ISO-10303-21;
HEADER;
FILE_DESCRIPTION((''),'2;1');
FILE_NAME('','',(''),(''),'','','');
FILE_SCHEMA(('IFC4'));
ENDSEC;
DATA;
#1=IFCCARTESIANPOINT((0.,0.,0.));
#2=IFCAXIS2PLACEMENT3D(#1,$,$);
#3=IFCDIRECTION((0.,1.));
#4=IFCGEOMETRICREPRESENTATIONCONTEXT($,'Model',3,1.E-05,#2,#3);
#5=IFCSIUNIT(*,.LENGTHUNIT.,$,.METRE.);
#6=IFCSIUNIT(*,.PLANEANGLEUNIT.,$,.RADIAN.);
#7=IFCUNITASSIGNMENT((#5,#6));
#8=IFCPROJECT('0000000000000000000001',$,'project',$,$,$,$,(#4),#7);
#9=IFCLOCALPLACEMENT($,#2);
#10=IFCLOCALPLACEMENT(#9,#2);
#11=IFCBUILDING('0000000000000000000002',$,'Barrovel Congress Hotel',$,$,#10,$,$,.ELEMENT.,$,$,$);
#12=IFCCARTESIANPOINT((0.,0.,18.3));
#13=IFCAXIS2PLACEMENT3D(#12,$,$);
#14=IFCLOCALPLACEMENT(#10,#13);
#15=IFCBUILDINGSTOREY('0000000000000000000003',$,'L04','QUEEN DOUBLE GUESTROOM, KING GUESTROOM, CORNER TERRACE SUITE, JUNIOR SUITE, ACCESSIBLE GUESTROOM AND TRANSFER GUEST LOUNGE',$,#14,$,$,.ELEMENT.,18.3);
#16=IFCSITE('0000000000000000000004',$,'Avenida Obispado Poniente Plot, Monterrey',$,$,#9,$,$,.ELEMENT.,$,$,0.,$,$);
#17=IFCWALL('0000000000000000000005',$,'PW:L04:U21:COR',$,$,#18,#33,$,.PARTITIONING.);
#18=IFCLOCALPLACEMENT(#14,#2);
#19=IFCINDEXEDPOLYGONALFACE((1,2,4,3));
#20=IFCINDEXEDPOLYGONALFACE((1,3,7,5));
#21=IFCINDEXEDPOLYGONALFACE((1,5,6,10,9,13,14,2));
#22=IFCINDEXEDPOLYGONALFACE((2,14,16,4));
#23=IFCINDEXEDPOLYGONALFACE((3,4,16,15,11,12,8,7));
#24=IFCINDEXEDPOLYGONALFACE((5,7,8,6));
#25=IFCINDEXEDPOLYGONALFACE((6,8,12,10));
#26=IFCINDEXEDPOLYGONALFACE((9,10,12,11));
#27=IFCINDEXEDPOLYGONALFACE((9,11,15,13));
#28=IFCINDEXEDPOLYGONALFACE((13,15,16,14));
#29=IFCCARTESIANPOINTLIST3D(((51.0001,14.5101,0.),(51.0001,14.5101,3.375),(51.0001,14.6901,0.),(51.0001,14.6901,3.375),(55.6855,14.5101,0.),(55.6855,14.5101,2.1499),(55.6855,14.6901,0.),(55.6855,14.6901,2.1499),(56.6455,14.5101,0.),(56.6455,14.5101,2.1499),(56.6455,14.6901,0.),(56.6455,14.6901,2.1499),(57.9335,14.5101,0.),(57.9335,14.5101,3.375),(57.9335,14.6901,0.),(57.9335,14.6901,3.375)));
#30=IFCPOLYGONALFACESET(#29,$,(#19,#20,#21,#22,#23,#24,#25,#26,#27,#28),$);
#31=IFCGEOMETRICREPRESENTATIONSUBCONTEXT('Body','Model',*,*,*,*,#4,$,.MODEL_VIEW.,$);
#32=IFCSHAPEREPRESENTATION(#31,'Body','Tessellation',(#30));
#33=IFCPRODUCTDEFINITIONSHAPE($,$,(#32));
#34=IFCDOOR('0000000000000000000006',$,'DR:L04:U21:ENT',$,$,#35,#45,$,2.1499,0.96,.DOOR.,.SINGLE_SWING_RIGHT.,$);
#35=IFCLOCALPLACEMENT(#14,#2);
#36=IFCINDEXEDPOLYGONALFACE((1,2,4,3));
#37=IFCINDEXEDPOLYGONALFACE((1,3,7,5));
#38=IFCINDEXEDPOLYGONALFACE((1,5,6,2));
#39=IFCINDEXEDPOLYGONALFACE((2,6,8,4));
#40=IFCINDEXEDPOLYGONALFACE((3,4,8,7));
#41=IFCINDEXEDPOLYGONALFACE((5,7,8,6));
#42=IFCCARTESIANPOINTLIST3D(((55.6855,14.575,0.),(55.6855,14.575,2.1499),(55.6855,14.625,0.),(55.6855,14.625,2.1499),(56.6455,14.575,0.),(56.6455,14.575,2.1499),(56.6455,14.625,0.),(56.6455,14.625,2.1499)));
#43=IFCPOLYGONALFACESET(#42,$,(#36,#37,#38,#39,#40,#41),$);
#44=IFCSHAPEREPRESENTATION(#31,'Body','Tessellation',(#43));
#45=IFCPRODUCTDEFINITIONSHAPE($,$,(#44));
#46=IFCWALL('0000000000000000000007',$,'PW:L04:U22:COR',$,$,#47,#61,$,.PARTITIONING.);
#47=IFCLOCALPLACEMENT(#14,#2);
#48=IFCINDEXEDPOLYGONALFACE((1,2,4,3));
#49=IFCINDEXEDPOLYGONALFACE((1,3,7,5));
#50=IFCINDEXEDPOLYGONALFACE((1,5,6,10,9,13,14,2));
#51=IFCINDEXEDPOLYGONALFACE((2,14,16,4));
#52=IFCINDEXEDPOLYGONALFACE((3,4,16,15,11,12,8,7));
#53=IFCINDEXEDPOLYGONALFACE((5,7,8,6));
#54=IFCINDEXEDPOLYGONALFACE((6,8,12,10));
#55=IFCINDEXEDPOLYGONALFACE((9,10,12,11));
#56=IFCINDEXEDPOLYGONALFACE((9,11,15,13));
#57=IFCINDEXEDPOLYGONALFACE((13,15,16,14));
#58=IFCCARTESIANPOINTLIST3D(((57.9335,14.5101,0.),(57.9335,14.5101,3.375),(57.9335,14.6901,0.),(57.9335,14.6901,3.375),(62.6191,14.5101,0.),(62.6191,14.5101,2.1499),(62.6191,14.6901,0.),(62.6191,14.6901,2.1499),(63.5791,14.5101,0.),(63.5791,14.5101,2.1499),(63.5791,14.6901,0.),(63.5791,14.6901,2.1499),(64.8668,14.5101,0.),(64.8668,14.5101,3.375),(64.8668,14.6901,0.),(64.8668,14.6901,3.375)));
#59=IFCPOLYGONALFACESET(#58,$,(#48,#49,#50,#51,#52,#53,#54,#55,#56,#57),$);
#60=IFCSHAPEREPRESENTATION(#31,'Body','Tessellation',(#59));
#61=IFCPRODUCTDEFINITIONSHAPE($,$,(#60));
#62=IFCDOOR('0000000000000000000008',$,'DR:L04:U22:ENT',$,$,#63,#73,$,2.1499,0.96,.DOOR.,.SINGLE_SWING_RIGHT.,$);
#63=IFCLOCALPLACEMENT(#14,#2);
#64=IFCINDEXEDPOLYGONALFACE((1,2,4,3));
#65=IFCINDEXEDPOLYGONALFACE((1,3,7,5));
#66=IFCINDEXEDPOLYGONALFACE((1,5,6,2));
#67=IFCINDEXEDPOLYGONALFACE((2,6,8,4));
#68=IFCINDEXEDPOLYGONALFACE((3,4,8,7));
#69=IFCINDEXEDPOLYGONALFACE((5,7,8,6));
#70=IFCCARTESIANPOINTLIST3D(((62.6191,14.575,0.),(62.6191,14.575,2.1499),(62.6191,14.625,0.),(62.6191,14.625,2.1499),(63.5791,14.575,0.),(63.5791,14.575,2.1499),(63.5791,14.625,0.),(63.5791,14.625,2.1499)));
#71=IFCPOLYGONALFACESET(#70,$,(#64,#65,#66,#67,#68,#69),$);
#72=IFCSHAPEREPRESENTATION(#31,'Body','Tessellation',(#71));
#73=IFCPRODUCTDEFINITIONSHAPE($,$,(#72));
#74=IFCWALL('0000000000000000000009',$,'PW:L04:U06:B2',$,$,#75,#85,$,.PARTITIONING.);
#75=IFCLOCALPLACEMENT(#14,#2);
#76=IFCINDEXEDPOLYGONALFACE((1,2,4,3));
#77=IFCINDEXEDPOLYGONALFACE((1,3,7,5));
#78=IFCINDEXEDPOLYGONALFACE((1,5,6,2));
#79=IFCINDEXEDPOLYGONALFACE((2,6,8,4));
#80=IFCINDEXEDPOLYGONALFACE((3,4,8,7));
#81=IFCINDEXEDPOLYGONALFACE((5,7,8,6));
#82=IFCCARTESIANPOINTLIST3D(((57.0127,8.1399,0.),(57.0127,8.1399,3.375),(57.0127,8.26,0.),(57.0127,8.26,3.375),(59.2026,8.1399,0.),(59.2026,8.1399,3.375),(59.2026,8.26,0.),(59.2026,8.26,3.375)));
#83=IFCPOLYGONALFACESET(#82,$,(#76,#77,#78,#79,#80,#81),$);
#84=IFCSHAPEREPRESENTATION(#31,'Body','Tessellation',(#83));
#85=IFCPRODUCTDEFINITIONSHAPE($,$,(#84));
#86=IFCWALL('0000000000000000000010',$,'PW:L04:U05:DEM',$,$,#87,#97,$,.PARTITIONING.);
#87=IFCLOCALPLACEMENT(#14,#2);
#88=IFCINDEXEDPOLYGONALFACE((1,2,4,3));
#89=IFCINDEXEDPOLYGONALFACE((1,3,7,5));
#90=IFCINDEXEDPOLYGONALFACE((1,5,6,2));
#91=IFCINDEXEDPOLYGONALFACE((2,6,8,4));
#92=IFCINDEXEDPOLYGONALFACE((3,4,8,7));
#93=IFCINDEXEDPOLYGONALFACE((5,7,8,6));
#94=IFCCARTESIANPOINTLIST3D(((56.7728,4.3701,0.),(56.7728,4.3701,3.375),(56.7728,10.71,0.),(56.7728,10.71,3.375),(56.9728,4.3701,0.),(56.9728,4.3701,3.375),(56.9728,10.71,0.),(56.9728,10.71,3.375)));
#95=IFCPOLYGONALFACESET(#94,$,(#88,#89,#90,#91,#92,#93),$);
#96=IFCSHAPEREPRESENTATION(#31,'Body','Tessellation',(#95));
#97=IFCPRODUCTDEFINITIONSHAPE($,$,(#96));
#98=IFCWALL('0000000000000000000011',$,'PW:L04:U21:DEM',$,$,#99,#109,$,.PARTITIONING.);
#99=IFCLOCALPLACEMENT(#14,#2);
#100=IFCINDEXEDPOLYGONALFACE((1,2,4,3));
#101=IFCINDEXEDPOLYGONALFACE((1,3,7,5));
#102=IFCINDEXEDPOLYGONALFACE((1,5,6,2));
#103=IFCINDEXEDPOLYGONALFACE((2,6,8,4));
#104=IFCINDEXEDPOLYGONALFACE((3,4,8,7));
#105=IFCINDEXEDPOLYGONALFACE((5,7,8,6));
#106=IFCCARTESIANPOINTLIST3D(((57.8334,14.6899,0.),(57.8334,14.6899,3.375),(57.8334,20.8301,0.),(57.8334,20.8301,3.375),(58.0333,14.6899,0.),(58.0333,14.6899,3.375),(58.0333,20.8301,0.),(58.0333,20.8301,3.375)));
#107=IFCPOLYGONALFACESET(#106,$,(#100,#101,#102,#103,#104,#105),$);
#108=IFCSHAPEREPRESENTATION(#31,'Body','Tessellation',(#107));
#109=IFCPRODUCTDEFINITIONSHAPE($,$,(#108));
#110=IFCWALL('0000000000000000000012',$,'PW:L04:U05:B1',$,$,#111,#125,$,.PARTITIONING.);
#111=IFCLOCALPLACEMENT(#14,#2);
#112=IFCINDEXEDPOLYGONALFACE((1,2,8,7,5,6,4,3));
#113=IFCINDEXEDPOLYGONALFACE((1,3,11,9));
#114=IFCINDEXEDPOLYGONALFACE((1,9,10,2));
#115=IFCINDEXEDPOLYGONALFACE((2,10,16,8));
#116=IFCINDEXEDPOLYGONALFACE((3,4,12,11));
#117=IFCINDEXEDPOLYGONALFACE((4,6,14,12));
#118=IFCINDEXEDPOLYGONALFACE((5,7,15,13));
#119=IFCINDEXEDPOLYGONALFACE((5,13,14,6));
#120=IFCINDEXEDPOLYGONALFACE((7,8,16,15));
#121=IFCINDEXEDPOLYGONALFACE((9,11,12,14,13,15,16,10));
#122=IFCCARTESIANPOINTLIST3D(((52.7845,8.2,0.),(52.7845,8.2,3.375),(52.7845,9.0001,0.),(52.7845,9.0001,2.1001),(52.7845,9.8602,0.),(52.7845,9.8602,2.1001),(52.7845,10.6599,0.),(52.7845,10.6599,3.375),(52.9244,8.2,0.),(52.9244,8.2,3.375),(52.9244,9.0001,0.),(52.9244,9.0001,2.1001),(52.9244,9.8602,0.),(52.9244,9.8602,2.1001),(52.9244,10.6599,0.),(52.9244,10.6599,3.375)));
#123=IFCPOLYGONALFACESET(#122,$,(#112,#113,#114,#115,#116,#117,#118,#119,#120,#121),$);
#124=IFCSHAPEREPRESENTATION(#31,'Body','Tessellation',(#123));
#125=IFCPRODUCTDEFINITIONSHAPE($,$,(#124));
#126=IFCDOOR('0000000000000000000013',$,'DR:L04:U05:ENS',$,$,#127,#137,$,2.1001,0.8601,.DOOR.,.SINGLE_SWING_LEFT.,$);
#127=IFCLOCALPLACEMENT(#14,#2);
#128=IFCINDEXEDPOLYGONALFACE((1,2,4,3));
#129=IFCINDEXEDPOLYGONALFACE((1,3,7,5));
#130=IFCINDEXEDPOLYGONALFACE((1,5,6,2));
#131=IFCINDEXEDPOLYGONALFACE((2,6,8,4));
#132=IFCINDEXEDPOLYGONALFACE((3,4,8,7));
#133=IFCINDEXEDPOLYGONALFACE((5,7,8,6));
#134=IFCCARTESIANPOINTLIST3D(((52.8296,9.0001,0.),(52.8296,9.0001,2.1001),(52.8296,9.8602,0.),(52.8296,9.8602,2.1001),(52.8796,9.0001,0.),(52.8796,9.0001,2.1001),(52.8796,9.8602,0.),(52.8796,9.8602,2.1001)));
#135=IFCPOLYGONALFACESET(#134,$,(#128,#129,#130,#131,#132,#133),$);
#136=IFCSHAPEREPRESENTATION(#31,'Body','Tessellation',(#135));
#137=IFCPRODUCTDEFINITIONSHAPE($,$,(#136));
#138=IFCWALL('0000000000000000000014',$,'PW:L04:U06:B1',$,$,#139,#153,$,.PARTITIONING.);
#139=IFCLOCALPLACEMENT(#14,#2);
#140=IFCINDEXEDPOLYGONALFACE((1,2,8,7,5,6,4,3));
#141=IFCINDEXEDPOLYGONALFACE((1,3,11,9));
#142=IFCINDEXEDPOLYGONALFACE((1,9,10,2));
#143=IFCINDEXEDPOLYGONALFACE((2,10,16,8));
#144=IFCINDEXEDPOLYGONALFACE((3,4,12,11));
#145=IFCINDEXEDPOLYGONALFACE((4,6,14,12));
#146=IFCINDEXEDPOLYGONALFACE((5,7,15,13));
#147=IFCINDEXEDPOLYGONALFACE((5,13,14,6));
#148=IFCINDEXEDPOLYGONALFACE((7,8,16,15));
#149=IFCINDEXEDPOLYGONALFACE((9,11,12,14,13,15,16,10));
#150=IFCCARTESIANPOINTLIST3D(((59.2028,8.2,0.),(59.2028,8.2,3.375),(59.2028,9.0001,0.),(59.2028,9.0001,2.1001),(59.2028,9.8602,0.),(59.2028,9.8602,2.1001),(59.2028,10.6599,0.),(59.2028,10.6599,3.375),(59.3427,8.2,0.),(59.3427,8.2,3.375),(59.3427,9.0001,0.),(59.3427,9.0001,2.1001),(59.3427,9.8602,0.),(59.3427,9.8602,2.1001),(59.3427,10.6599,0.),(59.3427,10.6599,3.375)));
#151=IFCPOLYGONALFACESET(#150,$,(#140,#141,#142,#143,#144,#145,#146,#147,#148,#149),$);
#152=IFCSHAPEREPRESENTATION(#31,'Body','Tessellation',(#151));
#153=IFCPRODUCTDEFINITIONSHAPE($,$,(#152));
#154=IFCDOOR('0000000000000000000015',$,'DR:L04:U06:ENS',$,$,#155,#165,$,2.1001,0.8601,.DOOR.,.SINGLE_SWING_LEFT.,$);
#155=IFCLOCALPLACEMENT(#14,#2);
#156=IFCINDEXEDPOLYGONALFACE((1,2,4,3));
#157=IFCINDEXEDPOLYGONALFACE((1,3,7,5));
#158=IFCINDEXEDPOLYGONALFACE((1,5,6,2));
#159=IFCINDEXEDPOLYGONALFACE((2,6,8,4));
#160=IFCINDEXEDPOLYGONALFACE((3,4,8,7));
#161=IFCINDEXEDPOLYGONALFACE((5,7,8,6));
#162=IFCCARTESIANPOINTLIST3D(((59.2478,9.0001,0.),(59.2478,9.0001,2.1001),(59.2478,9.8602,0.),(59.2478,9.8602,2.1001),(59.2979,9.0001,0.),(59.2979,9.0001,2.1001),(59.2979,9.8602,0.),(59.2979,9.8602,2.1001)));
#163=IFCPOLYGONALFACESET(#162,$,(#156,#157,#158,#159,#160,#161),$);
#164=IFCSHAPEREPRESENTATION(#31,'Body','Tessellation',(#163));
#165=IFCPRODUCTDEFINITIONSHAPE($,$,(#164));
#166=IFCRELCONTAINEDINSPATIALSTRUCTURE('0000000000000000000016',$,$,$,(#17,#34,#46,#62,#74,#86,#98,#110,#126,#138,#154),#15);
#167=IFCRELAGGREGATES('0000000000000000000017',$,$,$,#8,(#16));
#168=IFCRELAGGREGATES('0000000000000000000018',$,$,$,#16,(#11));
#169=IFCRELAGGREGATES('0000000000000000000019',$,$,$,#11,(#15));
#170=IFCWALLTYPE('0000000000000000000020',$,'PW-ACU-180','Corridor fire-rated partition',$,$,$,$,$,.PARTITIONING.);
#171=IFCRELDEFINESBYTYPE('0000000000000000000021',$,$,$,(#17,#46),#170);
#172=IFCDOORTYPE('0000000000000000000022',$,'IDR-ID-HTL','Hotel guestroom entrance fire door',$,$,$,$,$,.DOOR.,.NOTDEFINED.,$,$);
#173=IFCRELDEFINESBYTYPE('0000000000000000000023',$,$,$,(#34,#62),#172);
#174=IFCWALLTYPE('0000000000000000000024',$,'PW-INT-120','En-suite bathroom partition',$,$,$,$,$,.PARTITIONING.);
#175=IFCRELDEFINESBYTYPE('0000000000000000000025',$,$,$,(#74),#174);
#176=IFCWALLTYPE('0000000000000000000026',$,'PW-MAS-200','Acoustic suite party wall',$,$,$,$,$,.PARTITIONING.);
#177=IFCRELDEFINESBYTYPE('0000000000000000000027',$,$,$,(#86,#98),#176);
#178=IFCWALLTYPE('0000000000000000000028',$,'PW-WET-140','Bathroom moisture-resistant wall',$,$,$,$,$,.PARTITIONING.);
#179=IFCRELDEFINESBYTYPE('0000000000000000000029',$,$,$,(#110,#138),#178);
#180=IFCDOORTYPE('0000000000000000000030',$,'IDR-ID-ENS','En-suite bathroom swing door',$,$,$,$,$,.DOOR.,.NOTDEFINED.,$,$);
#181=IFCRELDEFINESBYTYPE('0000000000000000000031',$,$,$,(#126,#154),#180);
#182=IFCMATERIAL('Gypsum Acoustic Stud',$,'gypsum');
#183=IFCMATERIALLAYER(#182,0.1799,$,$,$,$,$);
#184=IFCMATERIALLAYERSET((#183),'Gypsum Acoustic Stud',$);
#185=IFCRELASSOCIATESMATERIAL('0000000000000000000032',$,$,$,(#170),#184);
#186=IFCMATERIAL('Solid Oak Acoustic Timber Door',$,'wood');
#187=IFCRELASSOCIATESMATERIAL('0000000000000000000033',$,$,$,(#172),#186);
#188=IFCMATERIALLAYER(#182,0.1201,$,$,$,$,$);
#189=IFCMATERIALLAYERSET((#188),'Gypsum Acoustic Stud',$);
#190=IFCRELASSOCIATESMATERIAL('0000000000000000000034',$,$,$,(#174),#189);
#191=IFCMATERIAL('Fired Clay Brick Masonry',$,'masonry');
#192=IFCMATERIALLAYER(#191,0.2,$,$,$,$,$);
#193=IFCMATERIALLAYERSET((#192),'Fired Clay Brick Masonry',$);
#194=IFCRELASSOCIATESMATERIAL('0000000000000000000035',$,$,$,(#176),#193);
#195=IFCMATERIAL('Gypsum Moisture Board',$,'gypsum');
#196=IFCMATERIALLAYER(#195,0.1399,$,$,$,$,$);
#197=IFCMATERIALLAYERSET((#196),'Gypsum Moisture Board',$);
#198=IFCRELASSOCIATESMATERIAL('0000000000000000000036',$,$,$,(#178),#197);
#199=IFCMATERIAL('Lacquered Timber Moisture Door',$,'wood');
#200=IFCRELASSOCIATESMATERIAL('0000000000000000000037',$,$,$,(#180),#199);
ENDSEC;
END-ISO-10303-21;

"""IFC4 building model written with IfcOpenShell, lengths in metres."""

from ifc_helpers import new_model, si_unit, direction, frame, frame_2d, origin, place, context, subcontext, project, spatial, rectangle, extrude, material, layer, layer_set, type_object, element, fill, save


model = new_model("IFC4")

# Units and contexts
model_context = context("Model", 3, precision=1e-05, world=origin(), true_north=direction((0.0, 1.0)))
body_context = subcontext(model_context, "Body", "Model", "MODEL_VIEW")
ifc_project = project(units=[si_unit("LENGTHUNIT", "METRE"), si_unit("PLANEANGLEUNIT", "RADIAN")], contexts=[model_context])

# Site, building, storey
site_placement = place(None, origin())
site = spatial("IfcSite", under=ifc_project, at=site_placement, Name="Avenida Obispado Poniente Plot, Monterrey", CompositionType="ELEMENT", RefElevation=0.0)
building_placement = place(site_placement, origin())
building = spatial("IfcBuilding", under=site, at=building_placement, Name="Barrovel Congress Hotel", CompositionType="ELEMENT")
storey_placement = place(building_placement, frame((0.0, 0.0, 18.3)))
storey = spatial("IfcBuildingStorey", under=building, at=storey_placement, Name="L04", Description="QUEEN DOUBLE GUESTROOM, KING GUESTROOM, CORNER TERRACE SUITE, JUNIOR SUITE, ACCESSIBLE GUESTROOM AND TRANSFER GUEST LOUNGE", CompositionType="ELEMENT", Elevation=18.3)

# Shared definitions
ifc_material_1 = material(Name="Fired Clay Brick Masonry", Category="masonry")

# Walls, openings, doors
ifc_material_2 = material(Name="Gypsum Acoustic Stud", Category="gypsum")
ifc_layer_1 = layer(ifc_material_2, 0.1799)
ifc_layer_set_1 = layer_set([ifc_layer_1], Name="Gypsum Acoustic Stud")
wall_type_1 = type_object("IfcWallType", Name="PW-ACU-180", Description="Corridor fire-rated partition", PredefinedType="PARTITIONING", material=ifc_layer_set_1)
ifc_material_3 = material(Name="Solid Oak Acoustic Timber Door", Category="wood")
door_type_1 = type_object("IfcDoorType", Name="IDR-ID-HTL", Description="Hotel guestroom entrance fire door", OperationType="NOTDEFINED", PredefinedType="DOOR", material=ifc_material_3)
wall_1_placement = place(storey_placement, frame((51.0, 14.6001, 0.0), z_axis=(0.0, 0.0, 1.0), x_axis=(1.0, 0.0, 0.0)))
wall_1 = element("IfcWall", 1, at=wall_1_placement, inside=storey, type_object=wall_type_1, Name="PW:L04:U21:COR", PredefinedType="PARTITIONING", context=body_context, shape_type="SweptSolid", body=[
    extrude(rectangle(XDim=6.9333, YDim=0.1799, at=frame_2d((3.4668, 0.0))), origin(), (0.0, 0.0, 1.0), 3.375),
])
opening_1_placement = place(wall_1_placement, frame((4.6855, 0.0, 0.0)))
opening_1 = element("IfcOpeningElement", 2, at=opening_1_placement, cuts=wall_1, PredefinedType="OPENING", context=body_context, shape_type="SweptSolid", body=[
    extrude(rectangle(XDim=0.96, YDim=2.1499, at=frame_2d((0.48, 1.075))), frame((0.0, 0.1001, 0.0), z_axis=(0.0, -1.0, 0.0), x_axis=(1.0, 0.0, 0.0)), (0.0, 0.0, 1.0), 0.2),
])
door_1_placement = place(opening_1_placement, origin())
door_1 = element("IfcDoor", 3, at=door_1_placement, inside=storey, type_object=door_type_1, Name="DR:L04:U21:ENT", OperationType="SINGLE_SWING_RIGHT", OverallHeight=2.1499, OverallWidth=0.96, PredefinedType="DOOR", context=body_context, shape_type="SweptSolid", body=[
    extrude(rectangle(XDim=0.96, YDim=2.1499, at=frame_2d((0.48, 1.075))), frame((0.0, 0.0249, 0.0), z_axis=(0.0, -1.0, 0.0), x_axis=(1.0, 0.0, 0.0)), (0.0, 0.0, 1.0), 0.05),
])
fill(opening_1, door_1)
wall_2_placement = place(storey_placement, frame((57.9333, 14.6001, 0.0), z_axis=(0.0, 0.0, 1.0), x_axis=(1.0, 0.0, 0.0)))
wall_2 = element("IfcWall", 4, at=wall_2_placement, inside=storey, type_object=wall_type_1, Name="PW:L04:U22:COR", PredefinedType="PARTITIONING", context=body_context, shape_type="SweptSolid", body=[
    extrude(rectangle(XDim=6.9333, YDim=0.1799, at=frame_2d((3.4668, 0.0))), origin(), (0.0, 0.0, 1.0), 3.375),
])
opening_2_placement = place(wall_2_placement, frame((4.6858, 0.0, 0.0)))
opening_2 = element("IfcOpeningElement", 5, at=opening_2_placement, cuts=wall_2, PredefinedType="OPENING", context=body_context, shape_type="SweptSolid", body=[
    extrude(rectangle(XDim=0.96, YDim=2.1499, at=frame_2d((0.48, 1.075))), frame((0.0, 0.1001, 0.0), z_axis=(0.0, -1.0, 0.0), x_axis=(1.0, 0.0, 0.0)), (0.0, 0.0, 1.0), 0.2),
])
door_2_placement = place(opening_2_placement, origin())
door_2 = element("IfcDoor", 6, at=door_2_placement, inside=storey, type_object=door_type_1, Name="DR:L04:U22:ENT", OperationType="SINGLE_SWING_RIGHT", OverallHeight=2.1499, OverallWidth=0.96, PredefinedType="DOOR", context=body_context, shape_type="SweptSolid", body=[
    extrude(rectangle(XDim=0.96, YDim=2.1499, at=frame_2d((0.48, 1.075))), frame((0.0, 0.0249, 0.0), z_axis=(0.0, -1.0, 0.0), x_axis=(1.0, 0.0, 0.0)), (0.0, 0.0, 1.0), 0.05),
])
fill(opening_2, door_2)

# Walls
ifc_layer_2 = layer(ifc_material_2, 0.1201)
ifc_layer_set_2 = layer_set([ifc_layer_2], Name="Gypsum Acoustic Stud")
wall_type_2 = type_object("IfcWallType", Name="PW-INT-120", Description="En-suite bathroom partition", PredefinedType="PARTITIONING", material=ifc_layer_set_2)
wall_3_placement = place(storey_placement, frame((57.0127, 8.2, 0.0), z_axis=(0.0, 0.0, 1.0), x_axis=(1.0, 0.0, 0.0)))
element("IfcWall", 7, at=wall_3_placement, inside=storey, type_object=wall_type_2, Name="PW:L04:U06:B2", PredefinedType="PARTITIONING", context=body_context, shape_type="SweptSolid", body=[
    extrude(rectangle(XDim=2.1899, YDim=0.1201, at=frame_2d((1.095, 0.0))), origin(), (0.0, 0.0, 1.0), 3.375),
])
ifc_layer_3 = layer(ifc_material_1, 0.2)
ifc_layer_set_3 = layer_set([ifc_layer_3], Name="Fired Clay Brick Masonry")
wall_type_3 = type_object("IfcWallType", Name="PW-MAS-200", Description="Acoustic suite party wall", PredefinedType="PARTITIONING", material=ifc_layer_set_3)
wall_4_placement = place(storey_placement, frame((56.8728, 4.3701, 0.0), z_axis=(0.0, 0.0, 1.0), x_axis=(0.0, 1.0, 0.0)))
element("IfcWall", 8, at=wall_4_placement, inside=storey, type_object=wall_type_3, Name="PW:L04:U05:DEM", PredefinedType="PARTITIONING", context=body_context, shape_type="SweptSolid", body=[
    extrude(rectangle(XDim=6.3398, YDim=0.2, at=frame_2d((3.1699, 0.0))), origin(), (0.0, 0.0, 1.0), 3.375),
])
wall_5_placement = place(storey_placement, frame((57.9333, 14.6899, 0.0), z_axis=(0.0, 0.0, 1.0), x_axis=(0.0, 1.0, 0.0)))
element("IfcWall", 9, at=wall_5_placement, inside=storey, type_object=wall_type_3, Name="PW:L04:U21:DEM", PredefinedType="PARTITIONING", context=body_context, shape_type="SweptSolid", body=[
    extrude(rectangle(XDim=6.1401, YDim=0.2, at=frame_2d((3.0701, 0.0))), origin(), (0.0, 0.0, 1.0), 3.375),
])

# Walls, openings, doors
ifc_material_4 = material(Name="Gypsum Moisture Board", Category="gypsum")
ifc_layer_4 = layer(ifc_material_4, 0.1399)
ifc_layer_set_4 = layer_set([ifc_layer_4], Name="Gypsum Moisture Board")
wall_type_4 = type_object("IfcWallType", Name="PW-WET-140", Description="Bathroom moisture-resistant wall", PredefinedType="PARTITIONING", material=ifc_layer_set_4)
wall_6_placement = place(storey_placement, frame((52.8545, 8.2, 0.0), z_axis=(0.0, 0.0, 1.0), x_axis=(0.0, 1.0, 0.0)))
wall_6 = element("IfcWall", 10, at=wall_6_placement, inside=storey, type_object=wall_type_4, Name="PW:L04:U05:B1", PredefinedType="PARTITIONING", context=body_context, shape_type="SweptSolid", body=[
    extrude(rectangle(XDim=2.46, YDim=0.1399, at=frame_2d((1.23, 0.0))), origin(), (0.0, 0.0, 1.0), 3.375),
])
opening_3_placement = place(wall_6_placement, frame((0.8, 0.0, 0.0)))
opening_3 = element("IfcOpeningElement", 11, at=opening_3_placement, cuts=wall_6, PredefinedType="OPENING", context=body_context, shape_type="SweptSolid", body=[
    extrude(rectangle(XDim=0.8601, YDim=2.1001, at=frame_2d((0.4302, 1.05))), frame((0.0, 0.0801, 0.0), z_axis=(0.0, -1.0, 0.0), x_axis=(1.0, 0.0, 0.0)), (0.0, 0.0, 1.0), 0.1599),
])
ifc_material_5 = material(Name="Lacquered Timber Moisture Door", Category="wood")
door_type_2 = type_object("IfcDoorType", Name="IDR-ID-ENS", Description="En-suite bathroom swing door", OperationType="NOTDEFINED", PredefinedType="DOOR", material=ifc_material_5)
door_3_placement = place(opening_3_placement, origin())
door_3 = element("IfcDoor", 12, at=door_3_placement, inside=storey, type_object=door_type_2, Name="DR:L04:U05:ENS", OperationType="SINGLE_SWING_LEFT", OverallHeight=2.1001, OverallWidth=0.8601, PredefinedType="DOOR", context=body_context, shape_type="SweptSolid", body=[
    extrude(rectangle(XDim=0.8601, YDim=2.1001, at=frame_2d((0.4302, 1.05))), frame((0.0, 0.0249, 0.0), z_axis=(0.0, -1.0, 0.0), x_axis=(1.0, 0.0, 0.0)), (0.0, 0.0, 1.0), 0.05),
])
fill(opening_3, door_3)
wall_7_placement = place(storey_placement, frame((59.2727, 8.2, 0.0), z_axis=(0.0, 0.0, 1.0), x_axis=(0.0, 1.0, 0.0)))
wall_7 = element("IfcWall", 13, at=wall_7_placement, inside=storey, type_object=wall_type_4, Name="PW:L04:U06:B1", PredefinedType="PARTITIONING", context=body_context, shape_type="SweptSolid", body=[
    extrude(rectangle(XDim=2.46, YDim=0.1399, at=frame_2d((1.23, 0.0))), origin(), (0.0, 0.0, 1.0), 3.375),
])
opening_4_placement = place(wall_7_placement, frame((0.8, 0.0, 0.0)))
opening_4 = element("IfcOpeningElement", 14, at=opening_4_placement, cuts=wall_7, PredefinedType="OPENING", context=body_context, shape_type="SweptSolid", body=[
    extrude(rectangle(XDim=0.8601, YDim=2.1001, at=frame_2d((0.4302, 1.05))), frame((0.0, 0.0801, 0.0), z_axis=(0.0, -1.0, 0.0), x_axis=(1.0, 0.0, 0.0)), (0.0, 0.0, 1.0), 0.1599),
])
door_4_placement = place(opening_4_placement, origin())
door_4 = element("IfcDoor", 15, at=door_4_placement, inside=storey, type_object=door_type_2, Name="DR:L04:U06:ENS", OperationType="SINGLE_SWING_LEFT", OverallHeight=2.1001, OverallWidth=0.8601, PredefinedType="DOOR", context=body_context, shape_type="SweptSolid", body=[
    extrude(rectangle(XDim=0.8601, YDim=2.1001, at=frame_2d((0.4302, 1.05))), frame((0.0, 0.0249, 0.0), z_axis=(0.0, -1.0, 0.0), x_axis=(1.0, 0.0, 0.0)), (0.0, 0.0, 1.0), 0.05),
])
fill(opening_4, door_4)

save(model, "model.ifc")
